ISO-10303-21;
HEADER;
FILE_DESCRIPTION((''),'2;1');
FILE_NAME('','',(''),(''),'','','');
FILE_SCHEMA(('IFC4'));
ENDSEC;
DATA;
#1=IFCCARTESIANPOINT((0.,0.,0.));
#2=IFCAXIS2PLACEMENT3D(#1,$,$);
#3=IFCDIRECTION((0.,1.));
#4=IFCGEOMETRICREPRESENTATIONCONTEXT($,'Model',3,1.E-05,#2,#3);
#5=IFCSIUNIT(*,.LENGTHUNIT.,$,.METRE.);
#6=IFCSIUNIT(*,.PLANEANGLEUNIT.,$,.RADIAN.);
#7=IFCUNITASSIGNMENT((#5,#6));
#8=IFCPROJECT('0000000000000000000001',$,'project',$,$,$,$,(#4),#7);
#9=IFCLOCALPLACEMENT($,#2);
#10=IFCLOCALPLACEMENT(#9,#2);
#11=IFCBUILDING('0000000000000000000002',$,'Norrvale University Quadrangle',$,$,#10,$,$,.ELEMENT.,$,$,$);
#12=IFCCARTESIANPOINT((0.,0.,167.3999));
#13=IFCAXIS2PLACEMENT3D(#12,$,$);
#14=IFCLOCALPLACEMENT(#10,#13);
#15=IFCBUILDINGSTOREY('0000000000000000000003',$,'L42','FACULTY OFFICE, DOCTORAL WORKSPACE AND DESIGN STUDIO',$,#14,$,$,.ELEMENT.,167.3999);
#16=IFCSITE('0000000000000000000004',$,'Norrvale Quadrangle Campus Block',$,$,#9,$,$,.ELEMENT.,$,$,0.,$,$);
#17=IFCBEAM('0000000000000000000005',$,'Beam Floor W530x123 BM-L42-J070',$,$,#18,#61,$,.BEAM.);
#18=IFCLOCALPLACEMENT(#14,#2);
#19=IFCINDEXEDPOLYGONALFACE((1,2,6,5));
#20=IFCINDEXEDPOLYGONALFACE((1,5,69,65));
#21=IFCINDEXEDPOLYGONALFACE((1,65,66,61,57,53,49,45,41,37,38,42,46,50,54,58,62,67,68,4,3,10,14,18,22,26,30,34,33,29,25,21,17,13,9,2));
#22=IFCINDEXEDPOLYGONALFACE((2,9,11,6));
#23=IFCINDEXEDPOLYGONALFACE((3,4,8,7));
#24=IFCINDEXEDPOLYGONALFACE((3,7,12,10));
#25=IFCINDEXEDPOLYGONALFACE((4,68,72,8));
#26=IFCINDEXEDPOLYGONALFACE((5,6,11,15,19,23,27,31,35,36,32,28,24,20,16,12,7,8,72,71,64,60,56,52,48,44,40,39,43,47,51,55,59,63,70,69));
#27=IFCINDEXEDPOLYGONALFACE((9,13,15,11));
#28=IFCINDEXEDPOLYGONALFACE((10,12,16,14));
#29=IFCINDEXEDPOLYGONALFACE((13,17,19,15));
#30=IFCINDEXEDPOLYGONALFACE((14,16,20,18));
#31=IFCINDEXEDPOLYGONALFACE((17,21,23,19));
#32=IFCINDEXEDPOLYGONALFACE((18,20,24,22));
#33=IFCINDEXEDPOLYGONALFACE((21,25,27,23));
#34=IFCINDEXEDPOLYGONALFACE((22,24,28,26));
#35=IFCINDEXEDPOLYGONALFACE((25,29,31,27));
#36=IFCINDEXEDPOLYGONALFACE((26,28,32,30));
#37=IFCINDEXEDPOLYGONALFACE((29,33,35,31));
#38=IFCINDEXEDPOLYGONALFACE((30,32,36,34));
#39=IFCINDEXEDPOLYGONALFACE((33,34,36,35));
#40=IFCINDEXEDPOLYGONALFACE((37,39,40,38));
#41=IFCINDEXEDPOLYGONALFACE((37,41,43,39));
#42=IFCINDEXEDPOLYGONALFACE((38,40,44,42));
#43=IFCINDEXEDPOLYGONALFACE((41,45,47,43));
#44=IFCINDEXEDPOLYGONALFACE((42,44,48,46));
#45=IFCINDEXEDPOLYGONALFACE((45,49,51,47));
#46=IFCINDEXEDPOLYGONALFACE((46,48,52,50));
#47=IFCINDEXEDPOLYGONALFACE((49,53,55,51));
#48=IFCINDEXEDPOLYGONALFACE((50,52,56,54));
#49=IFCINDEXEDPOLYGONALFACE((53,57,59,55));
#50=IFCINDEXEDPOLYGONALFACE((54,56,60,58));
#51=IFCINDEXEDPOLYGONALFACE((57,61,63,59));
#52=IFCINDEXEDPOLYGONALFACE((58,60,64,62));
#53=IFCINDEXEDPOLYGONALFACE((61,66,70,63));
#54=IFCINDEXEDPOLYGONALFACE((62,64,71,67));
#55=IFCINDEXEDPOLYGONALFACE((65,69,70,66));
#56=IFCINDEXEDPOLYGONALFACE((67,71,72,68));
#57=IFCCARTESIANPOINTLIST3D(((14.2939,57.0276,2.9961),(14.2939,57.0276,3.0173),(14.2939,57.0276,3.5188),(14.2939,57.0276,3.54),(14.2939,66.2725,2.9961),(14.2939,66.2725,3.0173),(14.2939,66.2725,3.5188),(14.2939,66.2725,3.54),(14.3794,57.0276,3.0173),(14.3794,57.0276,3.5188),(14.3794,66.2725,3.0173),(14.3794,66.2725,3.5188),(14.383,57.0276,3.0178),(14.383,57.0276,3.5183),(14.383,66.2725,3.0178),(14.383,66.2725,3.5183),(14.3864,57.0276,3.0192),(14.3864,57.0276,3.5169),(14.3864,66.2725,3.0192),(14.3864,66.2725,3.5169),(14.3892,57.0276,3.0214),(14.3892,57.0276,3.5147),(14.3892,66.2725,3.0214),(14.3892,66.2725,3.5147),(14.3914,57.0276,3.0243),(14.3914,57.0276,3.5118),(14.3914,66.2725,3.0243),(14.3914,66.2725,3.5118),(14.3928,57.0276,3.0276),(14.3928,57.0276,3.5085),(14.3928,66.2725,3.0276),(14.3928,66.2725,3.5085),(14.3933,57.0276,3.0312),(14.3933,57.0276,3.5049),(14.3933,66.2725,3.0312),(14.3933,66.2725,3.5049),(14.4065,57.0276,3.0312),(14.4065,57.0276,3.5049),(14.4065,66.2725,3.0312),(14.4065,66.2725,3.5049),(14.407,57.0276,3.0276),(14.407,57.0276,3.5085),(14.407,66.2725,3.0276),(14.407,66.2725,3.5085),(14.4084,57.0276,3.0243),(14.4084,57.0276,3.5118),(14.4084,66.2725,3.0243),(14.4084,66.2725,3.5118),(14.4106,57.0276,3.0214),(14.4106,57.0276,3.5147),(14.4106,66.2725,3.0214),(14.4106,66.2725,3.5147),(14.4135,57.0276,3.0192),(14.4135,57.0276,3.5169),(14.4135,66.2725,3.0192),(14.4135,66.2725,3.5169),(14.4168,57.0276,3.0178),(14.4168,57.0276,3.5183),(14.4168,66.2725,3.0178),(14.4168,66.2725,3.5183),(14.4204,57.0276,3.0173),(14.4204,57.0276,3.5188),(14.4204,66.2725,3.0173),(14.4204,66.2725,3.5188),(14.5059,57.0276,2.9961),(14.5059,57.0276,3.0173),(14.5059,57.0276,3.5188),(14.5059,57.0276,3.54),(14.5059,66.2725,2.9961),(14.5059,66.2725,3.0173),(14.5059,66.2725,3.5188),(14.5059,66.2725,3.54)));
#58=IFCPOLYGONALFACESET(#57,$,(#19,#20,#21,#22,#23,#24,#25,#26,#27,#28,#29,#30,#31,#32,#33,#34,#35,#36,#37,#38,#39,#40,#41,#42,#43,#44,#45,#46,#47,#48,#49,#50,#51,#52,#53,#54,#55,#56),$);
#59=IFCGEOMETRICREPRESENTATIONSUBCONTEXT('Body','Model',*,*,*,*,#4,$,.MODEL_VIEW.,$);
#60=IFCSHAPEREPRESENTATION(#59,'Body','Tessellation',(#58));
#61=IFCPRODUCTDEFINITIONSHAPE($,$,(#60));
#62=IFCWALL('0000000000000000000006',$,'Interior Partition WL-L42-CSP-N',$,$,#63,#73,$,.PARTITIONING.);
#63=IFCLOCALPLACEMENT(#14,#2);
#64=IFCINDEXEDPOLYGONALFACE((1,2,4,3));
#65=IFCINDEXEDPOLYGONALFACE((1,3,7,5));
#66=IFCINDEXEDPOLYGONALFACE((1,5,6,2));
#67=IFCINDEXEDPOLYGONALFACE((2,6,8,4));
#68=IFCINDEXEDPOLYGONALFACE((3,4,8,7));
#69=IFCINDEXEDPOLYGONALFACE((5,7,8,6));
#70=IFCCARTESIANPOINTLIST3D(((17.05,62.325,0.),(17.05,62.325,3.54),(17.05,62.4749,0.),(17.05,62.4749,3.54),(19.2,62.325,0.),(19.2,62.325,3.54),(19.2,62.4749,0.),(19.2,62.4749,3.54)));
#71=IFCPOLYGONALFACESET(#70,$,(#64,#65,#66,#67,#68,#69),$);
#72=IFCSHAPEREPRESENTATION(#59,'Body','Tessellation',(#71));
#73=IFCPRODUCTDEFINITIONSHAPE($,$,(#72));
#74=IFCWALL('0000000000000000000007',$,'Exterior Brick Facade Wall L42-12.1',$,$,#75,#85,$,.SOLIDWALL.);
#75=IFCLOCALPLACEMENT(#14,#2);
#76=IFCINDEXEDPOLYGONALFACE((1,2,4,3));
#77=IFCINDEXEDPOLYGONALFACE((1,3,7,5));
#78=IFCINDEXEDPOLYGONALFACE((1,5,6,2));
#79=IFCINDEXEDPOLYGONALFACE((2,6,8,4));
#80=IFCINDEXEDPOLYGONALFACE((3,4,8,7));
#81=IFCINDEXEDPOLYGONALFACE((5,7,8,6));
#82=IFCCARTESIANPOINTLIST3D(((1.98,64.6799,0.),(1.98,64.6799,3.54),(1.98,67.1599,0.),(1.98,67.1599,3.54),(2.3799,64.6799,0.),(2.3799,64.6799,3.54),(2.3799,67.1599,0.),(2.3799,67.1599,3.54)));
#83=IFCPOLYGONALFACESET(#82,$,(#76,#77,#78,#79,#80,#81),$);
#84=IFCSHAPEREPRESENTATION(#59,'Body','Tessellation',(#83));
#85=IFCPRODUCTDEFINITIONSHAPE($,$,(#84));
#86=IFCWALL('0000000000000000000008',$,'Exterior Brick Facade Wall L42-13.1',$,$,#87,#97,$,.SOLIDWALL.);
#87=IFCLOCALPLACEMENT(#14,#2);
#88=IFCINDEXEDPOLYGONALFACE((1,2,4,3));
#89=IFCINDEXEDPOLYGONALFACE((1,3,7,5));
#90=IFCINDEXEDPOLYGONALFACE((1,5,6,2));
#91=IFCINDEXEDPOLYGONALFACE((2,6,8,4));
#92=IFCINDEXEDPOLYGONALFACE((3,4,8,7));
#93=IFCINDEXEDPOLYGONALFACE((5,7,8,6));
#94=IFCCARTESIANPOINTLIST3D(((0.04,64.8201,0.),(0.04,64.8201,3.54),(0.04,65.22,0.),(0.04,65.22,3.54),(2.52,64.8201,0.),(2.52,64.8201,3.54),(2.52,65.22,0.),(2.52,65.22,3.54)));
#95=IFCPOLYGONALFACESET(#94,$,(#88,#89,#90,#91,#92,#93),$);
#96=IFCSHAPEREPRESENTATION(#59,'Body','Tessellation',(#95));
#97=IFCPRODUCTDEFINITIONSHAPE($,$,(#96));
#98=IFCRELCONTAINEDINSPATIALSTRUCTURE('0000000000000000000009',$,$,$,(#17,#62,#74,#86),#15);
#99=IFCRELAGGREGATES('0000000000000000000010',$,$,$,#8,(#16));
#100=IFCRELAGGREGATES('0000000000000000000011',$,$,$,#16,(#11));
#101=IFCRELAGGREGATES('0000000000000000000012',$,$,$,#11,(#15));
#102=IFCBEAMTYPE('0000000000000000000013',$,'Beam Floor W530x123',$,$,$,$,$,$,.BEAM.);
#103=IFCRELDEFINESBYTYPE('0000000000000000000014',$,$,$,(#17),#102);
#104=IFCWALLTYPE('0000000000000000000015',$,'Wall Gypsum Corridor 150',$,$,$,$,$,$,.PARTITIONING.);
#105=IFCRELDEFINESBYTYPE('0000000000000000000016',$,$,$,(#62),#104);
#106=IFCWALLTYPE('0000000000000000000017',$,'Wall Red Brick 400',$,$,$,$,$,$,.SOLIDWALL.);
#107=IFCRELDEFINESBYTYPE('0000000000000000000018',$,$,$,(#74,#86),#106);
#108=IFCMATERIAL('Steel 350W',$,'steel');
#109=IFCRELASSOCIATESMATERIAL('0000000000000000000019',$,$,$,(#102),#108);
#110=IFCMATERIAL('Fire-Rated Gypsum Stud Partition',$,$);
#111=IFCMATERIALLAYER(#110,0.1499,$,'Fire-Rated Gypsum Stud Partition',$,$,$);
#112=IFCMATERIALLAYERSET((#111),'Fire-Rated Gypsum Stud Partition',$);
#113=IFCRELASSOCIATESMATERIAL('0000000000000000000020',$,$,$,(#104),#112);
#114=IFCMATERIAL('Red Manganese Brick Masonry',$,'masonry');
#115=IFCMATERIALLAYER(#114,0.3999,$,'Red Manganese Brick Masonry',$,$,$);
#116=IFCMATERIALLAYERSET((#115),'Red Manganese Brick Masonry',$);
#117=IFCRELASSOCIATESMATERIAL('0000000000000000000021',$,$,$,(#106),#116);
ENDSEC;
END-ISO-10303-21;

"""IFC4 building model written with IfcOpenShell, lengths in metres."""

from ifc_helpers import new_model, si_unit, direction, frame, frame_2d, origin, origin_2d, place, context, subcontext, project, spatial, rectangle, i_section, extrude, material, layer, layer_set, material_profile, profile_set, type_object, element, save


model = new_model("IFC4")

# Units and contexts
model_context = context("Model", 3, precision=1e-05, world=origin(), true_north=direction((0.0, 1.0)))
body_context = subcontext(model_context, "Body", "Model", "MODEL_VIEW")
ifc_project = project(units=[si_unit("LENGTHUNIT", "METRE"), si_unit("PLANEANGLEUNIT", "RADIAN")], contexts=[model_context])

# Site, building, storey
site_placement = place(None, origin())
site = spatial("IfcSite", under=ifc_project, at=site_placement, Name="Norrvale Quadrangle Campus Block", CompositionType="ELEMENT", RefElevation=0.0)
building_placement = place(site_placement, origin())
building = spatial("IfcBuilding", under=site, at=building_placement, Name="Norrvale University Quadrangle", CompositionType="ELEMENT")
storey_placement = place(building_placement, frame((0.0, 0.0, 167.3999)))
storey = spatial("IfcBuildingStorey", under=building, at=storey_placement, Name="L42", Description="FACULTY OFFICE, DOCTORAL WORKSPACE AND DESIGN STUDIO", CompositionType="ELEMENT", Elevation=167.3999)

# Beam
ifc_material_1 = material(Name="Steel 350W", Category="steel")
ifc_material_profile_1 = material_profile(ifc_material_1, i_section(OverallWidth=0.2119, OverallDepth=0.5439, WebThickness=0.0132, FlangeThickness=0.0212, FilletRadius=0.0139, at=origin_2d()), Name="Steel 350W")
ifc_profile_set_1 = profile_set([ifc_material_profile_1], Name="Steel 350W")
beam_type_1 = type_object("IfcBeamType", Name="Beam Floor W530x123", PredefinedType="BEAM", material=ifc_profile_set_1)
beam_placement = place(storey_placement, frame((14.3999, 57.0276, 3.2681), z_axis=(0.0, 1.0, 0.0), x_axis=(-1.0, 0.0, 0.0)))
element("IfcBeam", 1, at=beam_placement, inside=storey, type_object=beam_type_1, Name="Beam Floor W530x123 BM-L42-J070", PredefinedType="BEAM", context=body_context, shape_type="SweptSolid", body=[
    extrude(i_section(OverallWidth=0.2119, OverallDepth=0.5439, WebThickness=0.0132, FlangeThickness=0.0212, FilletRadius=0.0139, at=origin_2d()), origin(), (0.0, 0.0, 1.0), 9.2449),
])

# Walls
ifc_material_2 = material(Name="Fire-Rated Gypsum Stud Partition")
ifc_layer_1 = layer(ifc_material_2, 0.1499, Name="Fire-Rated Gypsum Stud Partition")
ifc_layer_set_1 = layer_set([ifc_layer_1], Name="Fire-Rated Gypsum Stud Partition")
wall_type_1 = type_object("IfcWallType", Name="Wall Gypsum Corridor 150", PredefinedType="PARTITIONING", material=ifc_layer_set_1)
wall_1_placement = place(storey_placement, frame((17.05, 62.3999, 0.0), z_axis=(0.0, 0.0, 1.0), x_axis=(1.0, 0.0, 0.0)))
element("IfcWall", 2, at=wall_1_placement, inside=storey, type_object=wall_type_1, Name="Interior Partition WL-L42-CSP-N", PredefinedType="PARTITIONING", context=body_context, shape_type="SweptSolid", body=[
    extrude(rectangle(XDim=2.1499, YDim=0.1499, at=frame_2d((1.075, 0.0))), origin(), (0.0, 0.0, 1.0), 3.54),
])
ifc_material_3 = material(Name="Red Manganese Brick Masonry", Category="masonry")
ifc_layer_2 = layer(ifc_material_3, 0.3999, Name="Red Manganese Brick Masonry")
ifc_layer_set_2 = layer_set([ifc_layer_2], Name="Red Manganese Brick Masonry")
wall_type_2 = type_object("IfcWallType", Name="Wall Red Brick 400", PredefinedType="SOLIDWALL", material=ifc_layer_set_2)
for number, where, z_axis, x_axis, name in (
    (3, (2.1799, 67.1599, 0.0), (0.0, 0.0, 1.0), (0.0, -1.0, 0.0), "Exterior Brick Facade Wall L42-12.1"),
    (4, (2.52, 65.02, 0.0), (0.0, 0.0, 1.0), (-1.0, 0.0, 0.0), "Exterior Brick Facade Wall L42-13.1"),
):
    element("IfcWall", number, at=place(storey_placement, frame(where, z_axis=z_axis, x_axis=x_axis)), inside=storey, type_object=wall_type_2, Name=name, PredefinedType="SOLIDWALL", context=body_context, shape_type="SweptSolid", body=[
        extrude(rectangle(XDim=2.48, YDim=0.3999, at=frame_2d((1.24, 0.0))), origin(), (0.0, 0.0, 1.0), 3.54),
    ])

save(model, "model.ifc")
